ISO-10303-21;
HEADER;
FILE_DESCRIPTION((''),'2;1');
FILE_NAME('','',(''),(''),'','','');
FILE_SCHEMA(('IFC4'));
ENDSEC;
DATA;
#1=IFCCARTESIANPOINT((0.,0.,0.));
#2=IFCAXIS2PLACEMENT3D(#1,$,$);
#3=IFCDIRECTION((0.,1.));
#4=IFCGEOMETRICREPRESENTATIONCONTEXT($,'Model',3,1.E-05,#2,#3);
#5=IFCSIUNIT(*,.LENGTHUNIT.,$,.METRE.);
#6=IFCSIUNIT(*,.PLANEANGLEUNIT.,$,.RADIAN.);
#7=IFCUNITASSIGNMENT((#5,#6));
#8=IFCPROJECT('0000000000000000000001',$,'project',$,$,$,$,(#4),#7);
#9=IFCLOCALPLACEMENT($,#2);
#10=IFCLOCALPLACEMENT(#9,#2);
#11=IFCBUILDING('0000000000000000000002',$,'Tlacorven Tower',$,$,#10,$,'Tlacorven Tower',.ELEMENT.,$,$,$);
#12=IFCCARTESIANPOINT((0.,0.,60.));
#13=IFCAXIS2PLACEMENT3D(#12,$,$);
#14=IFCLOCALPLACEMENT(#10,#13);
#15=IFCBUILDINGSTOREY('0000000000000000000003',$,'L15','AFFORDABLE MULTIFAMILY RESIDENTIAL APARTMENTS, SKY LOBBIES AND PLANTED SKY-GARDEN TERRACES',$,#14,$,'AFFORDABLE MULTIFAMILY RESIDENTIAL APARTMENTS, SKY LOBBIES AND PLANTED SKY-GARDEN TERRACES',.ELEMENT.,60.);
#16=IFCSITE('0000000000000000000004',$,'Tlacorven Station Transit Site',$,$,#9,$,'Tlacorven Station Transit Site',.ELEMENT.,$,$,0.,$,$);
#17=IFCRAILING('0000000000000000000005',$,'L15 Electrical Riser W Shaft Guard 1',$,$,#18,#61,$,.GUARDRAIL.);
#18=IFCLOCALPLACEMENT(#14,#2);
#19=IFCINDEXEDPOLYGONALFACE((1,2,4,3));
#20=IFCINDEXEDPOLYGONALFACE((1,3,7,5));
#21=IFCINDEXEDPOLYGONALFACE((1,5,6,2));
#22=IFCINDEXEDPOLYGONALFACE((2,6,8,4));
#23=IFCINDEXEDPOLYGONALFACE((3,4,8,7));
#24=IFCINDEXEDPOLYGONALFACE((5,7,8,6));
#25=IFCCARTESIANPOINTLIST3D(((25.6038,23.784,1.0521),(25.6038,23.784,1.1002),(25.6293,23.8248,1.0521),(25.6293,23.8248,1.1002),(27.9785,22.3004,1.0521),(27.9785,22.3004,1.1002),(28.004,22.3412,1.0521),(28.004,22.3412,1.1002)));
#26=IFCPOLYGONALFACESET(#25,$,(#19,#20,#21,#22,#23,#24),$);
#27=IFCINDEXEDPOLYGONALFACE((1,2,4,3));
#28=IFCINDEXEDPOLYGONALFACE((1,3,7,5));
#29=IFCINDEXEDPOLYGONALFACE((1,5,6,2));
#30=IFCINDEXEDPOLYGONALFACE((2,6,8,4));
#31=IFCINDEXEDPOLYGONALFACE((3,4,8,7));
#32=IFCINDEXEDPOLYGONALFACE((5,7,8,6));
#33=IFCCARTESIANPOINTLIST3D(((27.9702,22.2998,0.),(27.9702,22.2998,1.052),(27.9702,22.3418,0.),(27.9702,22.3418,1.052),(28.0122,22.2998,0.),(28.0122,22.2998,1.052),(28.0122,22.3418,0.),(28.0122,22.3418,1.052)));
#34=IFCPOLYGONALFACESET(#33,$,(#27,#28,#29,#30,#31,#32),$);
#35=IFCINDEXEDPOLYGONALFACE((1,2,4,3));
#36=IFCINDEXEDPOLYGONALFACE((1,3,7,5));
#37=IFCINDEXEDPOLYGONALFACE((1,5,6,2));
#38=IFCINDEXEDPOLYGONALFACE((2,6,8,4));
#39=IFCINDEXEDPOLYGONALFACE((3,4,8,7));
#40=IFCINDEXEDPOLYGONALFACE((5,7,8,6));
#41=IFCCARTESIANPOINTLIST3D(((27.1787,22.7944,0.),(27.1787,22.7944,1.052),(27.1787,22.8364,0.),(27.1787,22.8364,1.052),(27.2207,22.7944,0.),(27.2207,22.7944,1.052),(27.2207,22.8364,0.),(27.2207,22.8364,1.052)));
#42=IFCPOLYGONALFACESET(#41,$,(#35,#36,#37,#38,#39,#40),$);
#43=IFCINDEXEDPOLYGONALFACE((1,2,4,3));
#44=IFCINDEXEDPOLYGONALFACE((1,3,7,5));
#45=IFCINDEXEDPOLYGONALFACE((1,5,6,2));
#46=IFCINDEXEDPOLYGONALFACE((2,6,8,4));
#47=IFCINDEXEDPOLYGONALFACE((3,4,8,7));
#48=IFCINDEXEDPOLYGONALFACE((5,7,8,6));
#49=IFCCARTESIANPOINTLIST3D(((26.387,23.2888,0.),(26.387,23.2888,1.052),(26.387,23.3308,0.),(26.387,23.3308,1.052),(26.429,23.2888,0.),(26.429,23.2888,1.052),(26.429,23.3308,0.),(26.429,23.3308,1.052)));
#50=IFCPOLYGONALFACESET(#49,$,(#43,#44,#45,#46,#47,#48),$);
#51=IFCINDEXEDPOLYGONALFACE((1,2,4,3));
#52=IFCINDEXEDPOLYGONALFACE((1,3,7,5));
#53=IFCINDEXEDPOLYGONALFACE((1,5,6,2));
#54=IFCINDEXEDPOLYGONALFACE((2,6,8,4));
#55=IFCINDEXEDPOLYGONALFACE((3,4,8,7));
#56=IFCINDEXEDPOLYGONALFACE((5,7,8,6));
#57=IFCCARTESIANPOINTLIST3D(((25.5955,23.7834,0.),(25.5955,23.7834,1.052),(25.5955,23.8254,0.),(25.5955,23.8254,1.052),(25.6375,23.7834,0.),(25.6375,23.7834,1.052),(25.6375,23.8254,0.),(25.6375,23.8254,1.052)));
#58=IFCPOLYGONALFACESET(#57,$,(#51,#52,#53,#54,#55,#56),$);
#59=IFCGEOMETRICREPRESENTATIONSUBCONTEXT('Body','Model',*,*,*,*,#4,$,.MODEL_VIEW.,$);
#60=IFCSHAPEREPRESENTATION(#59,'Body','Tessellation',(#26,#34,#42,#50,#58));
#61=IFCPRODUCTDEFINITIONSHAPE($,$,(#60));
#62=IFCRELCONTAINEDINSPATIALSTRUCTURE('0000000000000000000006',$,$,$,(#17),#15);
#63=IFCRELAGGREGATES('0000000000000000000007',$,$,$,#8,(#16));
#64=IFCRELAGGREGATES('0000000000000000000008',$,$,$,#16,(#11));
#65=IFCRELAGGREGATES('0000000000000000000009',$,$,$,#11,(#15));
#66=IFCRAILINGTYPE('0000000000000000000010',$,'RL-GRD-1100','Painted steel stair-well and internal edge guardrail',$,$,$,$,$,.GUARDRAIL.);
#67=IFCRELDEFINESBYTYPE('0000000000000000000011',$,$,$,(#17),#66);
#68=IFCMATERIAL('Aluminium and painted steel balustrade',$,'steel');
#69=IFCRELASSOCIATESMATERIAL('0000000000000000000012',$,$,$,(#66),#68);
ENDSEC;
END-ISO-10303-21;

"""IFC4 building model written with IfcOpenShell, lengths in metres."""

from ifc_helpers import new_model, si_unit, direction, frame, origin, origin_2d, place, context, subcontext, project, spatial, rectangle, extrude, source, transform, mapped, material, type_object, element, save


model = new_model("IFC4")

# Units and contexts
model_context = context("Model", 3, precision=1e-05, world=origin(), true_north=direction((0.0, 1.0)))
body_context = subcontext(model_context, "Body", "Model", "MODEL_VIEW")
ifc_project = project(units=[si_unit("LENGTHUNIT", "METRE"), si_unit("PLANEANGLEUNIT", "RADIAN")], contexts=[model_context])

# Site, building, storey
site_placement = place(None, origin())
site = spatial("IfcSite", under=ifc_project, at=site_placement, Name="Tlacorven Station Transit Site", LongName="Tlacorven Station Transit Site", CompositionType="ELEMENT", RefElevation=0.0)
building_placement = place(site_placement, origin())
building = spatial("IfcBuilding", under=site, at=building_placement, Name="Tlacorven Tower", LongName="Tlacorven Tower", CompositionType="ELEMENT")
storey_placement = place(building_placement, frame((0.0, 0.0, 60.0)))
storey = spatial("IfcBuildingStorey", under=building, at=storey_placement, Name="L15", Description="AFFORDABLE MULTIFAMILY RESIDENTIAL APARTMENTS, SKY LOBBIES AND PLANTED SKY-GARDEN TERRACES", LongName="AFFORDABLE MULTIFAMILY RESIDENTIAL APARTMENTS, SKY LOBBIES AND PLANTED SKY-GARDEN TERRACES", CompositionType="ELEMENT", Elevation=60.0)

# Railing
ifc_material_1 = material(Name="Aluminium and painted steel balustrade", Category="steel")
railing_type = type_object("IfcRailingType", Name="RL-GRD-1100", Description="Painted steel stair-well and internal edge guardrail", PredefinedType="GUARDRAIL", material=ifc_material_1)
shared_shape_1 = source(origin(), body_context, "Body", "SweptSolid", [
    extrude(rectangle(XDim=0.0481, YDim=0.0481, at=origin_2d()), frame((0.0, 0.0, 1.0762), z_axis=(-0.848091, 0.52985, 0.0), x_axis=(-0.52985, -0.848091, 0.0)), (0.0, 0.0, 1.0), 2.8),
    extrude(rectangle(XDim=0.042, YDim=0.042, at=origin_2d()), origin(), (0.0, 0.0, 1.0), 1.052),
    extrude(rectangle(XDim=0.042, YDim=0.042, at=origin_2d()), frame((-0.7915, 0.4946, 0.0)), (0.0, 0.0, 1.0), 1.052),
    extrude(rectangle(XDim=0.042, YDim=0.042, at=origin_2d()), frame((-1.5833, 0.989, 0.0)), (0.0, 0.0, 1.0), 1.052),
    extrude(rectangle(XDim=0.042, YDim=0.042, at=origin_2d()), frame((-2.3748, 1.4836, 0.0)), (0.0, 0.0, 1.0), 1.052),
])
railing_placement = place(storey_placement, frame((27.9912, 22.3208, 0.0)))
element("IfcRailing", 1, at=railing_placement, inside=storey, type_object=railing_type, Name="L15 Electrical Riser W Shaft Guard 1", PredefinedType="GUARDRAIL", context=body_context, shape_type="MappedRepresentation", body=[
    mapped(shared_shape_1, transform((0.0, 0.0, 0.0), scale=1.0)),
])

save(model, "model.ifc")
